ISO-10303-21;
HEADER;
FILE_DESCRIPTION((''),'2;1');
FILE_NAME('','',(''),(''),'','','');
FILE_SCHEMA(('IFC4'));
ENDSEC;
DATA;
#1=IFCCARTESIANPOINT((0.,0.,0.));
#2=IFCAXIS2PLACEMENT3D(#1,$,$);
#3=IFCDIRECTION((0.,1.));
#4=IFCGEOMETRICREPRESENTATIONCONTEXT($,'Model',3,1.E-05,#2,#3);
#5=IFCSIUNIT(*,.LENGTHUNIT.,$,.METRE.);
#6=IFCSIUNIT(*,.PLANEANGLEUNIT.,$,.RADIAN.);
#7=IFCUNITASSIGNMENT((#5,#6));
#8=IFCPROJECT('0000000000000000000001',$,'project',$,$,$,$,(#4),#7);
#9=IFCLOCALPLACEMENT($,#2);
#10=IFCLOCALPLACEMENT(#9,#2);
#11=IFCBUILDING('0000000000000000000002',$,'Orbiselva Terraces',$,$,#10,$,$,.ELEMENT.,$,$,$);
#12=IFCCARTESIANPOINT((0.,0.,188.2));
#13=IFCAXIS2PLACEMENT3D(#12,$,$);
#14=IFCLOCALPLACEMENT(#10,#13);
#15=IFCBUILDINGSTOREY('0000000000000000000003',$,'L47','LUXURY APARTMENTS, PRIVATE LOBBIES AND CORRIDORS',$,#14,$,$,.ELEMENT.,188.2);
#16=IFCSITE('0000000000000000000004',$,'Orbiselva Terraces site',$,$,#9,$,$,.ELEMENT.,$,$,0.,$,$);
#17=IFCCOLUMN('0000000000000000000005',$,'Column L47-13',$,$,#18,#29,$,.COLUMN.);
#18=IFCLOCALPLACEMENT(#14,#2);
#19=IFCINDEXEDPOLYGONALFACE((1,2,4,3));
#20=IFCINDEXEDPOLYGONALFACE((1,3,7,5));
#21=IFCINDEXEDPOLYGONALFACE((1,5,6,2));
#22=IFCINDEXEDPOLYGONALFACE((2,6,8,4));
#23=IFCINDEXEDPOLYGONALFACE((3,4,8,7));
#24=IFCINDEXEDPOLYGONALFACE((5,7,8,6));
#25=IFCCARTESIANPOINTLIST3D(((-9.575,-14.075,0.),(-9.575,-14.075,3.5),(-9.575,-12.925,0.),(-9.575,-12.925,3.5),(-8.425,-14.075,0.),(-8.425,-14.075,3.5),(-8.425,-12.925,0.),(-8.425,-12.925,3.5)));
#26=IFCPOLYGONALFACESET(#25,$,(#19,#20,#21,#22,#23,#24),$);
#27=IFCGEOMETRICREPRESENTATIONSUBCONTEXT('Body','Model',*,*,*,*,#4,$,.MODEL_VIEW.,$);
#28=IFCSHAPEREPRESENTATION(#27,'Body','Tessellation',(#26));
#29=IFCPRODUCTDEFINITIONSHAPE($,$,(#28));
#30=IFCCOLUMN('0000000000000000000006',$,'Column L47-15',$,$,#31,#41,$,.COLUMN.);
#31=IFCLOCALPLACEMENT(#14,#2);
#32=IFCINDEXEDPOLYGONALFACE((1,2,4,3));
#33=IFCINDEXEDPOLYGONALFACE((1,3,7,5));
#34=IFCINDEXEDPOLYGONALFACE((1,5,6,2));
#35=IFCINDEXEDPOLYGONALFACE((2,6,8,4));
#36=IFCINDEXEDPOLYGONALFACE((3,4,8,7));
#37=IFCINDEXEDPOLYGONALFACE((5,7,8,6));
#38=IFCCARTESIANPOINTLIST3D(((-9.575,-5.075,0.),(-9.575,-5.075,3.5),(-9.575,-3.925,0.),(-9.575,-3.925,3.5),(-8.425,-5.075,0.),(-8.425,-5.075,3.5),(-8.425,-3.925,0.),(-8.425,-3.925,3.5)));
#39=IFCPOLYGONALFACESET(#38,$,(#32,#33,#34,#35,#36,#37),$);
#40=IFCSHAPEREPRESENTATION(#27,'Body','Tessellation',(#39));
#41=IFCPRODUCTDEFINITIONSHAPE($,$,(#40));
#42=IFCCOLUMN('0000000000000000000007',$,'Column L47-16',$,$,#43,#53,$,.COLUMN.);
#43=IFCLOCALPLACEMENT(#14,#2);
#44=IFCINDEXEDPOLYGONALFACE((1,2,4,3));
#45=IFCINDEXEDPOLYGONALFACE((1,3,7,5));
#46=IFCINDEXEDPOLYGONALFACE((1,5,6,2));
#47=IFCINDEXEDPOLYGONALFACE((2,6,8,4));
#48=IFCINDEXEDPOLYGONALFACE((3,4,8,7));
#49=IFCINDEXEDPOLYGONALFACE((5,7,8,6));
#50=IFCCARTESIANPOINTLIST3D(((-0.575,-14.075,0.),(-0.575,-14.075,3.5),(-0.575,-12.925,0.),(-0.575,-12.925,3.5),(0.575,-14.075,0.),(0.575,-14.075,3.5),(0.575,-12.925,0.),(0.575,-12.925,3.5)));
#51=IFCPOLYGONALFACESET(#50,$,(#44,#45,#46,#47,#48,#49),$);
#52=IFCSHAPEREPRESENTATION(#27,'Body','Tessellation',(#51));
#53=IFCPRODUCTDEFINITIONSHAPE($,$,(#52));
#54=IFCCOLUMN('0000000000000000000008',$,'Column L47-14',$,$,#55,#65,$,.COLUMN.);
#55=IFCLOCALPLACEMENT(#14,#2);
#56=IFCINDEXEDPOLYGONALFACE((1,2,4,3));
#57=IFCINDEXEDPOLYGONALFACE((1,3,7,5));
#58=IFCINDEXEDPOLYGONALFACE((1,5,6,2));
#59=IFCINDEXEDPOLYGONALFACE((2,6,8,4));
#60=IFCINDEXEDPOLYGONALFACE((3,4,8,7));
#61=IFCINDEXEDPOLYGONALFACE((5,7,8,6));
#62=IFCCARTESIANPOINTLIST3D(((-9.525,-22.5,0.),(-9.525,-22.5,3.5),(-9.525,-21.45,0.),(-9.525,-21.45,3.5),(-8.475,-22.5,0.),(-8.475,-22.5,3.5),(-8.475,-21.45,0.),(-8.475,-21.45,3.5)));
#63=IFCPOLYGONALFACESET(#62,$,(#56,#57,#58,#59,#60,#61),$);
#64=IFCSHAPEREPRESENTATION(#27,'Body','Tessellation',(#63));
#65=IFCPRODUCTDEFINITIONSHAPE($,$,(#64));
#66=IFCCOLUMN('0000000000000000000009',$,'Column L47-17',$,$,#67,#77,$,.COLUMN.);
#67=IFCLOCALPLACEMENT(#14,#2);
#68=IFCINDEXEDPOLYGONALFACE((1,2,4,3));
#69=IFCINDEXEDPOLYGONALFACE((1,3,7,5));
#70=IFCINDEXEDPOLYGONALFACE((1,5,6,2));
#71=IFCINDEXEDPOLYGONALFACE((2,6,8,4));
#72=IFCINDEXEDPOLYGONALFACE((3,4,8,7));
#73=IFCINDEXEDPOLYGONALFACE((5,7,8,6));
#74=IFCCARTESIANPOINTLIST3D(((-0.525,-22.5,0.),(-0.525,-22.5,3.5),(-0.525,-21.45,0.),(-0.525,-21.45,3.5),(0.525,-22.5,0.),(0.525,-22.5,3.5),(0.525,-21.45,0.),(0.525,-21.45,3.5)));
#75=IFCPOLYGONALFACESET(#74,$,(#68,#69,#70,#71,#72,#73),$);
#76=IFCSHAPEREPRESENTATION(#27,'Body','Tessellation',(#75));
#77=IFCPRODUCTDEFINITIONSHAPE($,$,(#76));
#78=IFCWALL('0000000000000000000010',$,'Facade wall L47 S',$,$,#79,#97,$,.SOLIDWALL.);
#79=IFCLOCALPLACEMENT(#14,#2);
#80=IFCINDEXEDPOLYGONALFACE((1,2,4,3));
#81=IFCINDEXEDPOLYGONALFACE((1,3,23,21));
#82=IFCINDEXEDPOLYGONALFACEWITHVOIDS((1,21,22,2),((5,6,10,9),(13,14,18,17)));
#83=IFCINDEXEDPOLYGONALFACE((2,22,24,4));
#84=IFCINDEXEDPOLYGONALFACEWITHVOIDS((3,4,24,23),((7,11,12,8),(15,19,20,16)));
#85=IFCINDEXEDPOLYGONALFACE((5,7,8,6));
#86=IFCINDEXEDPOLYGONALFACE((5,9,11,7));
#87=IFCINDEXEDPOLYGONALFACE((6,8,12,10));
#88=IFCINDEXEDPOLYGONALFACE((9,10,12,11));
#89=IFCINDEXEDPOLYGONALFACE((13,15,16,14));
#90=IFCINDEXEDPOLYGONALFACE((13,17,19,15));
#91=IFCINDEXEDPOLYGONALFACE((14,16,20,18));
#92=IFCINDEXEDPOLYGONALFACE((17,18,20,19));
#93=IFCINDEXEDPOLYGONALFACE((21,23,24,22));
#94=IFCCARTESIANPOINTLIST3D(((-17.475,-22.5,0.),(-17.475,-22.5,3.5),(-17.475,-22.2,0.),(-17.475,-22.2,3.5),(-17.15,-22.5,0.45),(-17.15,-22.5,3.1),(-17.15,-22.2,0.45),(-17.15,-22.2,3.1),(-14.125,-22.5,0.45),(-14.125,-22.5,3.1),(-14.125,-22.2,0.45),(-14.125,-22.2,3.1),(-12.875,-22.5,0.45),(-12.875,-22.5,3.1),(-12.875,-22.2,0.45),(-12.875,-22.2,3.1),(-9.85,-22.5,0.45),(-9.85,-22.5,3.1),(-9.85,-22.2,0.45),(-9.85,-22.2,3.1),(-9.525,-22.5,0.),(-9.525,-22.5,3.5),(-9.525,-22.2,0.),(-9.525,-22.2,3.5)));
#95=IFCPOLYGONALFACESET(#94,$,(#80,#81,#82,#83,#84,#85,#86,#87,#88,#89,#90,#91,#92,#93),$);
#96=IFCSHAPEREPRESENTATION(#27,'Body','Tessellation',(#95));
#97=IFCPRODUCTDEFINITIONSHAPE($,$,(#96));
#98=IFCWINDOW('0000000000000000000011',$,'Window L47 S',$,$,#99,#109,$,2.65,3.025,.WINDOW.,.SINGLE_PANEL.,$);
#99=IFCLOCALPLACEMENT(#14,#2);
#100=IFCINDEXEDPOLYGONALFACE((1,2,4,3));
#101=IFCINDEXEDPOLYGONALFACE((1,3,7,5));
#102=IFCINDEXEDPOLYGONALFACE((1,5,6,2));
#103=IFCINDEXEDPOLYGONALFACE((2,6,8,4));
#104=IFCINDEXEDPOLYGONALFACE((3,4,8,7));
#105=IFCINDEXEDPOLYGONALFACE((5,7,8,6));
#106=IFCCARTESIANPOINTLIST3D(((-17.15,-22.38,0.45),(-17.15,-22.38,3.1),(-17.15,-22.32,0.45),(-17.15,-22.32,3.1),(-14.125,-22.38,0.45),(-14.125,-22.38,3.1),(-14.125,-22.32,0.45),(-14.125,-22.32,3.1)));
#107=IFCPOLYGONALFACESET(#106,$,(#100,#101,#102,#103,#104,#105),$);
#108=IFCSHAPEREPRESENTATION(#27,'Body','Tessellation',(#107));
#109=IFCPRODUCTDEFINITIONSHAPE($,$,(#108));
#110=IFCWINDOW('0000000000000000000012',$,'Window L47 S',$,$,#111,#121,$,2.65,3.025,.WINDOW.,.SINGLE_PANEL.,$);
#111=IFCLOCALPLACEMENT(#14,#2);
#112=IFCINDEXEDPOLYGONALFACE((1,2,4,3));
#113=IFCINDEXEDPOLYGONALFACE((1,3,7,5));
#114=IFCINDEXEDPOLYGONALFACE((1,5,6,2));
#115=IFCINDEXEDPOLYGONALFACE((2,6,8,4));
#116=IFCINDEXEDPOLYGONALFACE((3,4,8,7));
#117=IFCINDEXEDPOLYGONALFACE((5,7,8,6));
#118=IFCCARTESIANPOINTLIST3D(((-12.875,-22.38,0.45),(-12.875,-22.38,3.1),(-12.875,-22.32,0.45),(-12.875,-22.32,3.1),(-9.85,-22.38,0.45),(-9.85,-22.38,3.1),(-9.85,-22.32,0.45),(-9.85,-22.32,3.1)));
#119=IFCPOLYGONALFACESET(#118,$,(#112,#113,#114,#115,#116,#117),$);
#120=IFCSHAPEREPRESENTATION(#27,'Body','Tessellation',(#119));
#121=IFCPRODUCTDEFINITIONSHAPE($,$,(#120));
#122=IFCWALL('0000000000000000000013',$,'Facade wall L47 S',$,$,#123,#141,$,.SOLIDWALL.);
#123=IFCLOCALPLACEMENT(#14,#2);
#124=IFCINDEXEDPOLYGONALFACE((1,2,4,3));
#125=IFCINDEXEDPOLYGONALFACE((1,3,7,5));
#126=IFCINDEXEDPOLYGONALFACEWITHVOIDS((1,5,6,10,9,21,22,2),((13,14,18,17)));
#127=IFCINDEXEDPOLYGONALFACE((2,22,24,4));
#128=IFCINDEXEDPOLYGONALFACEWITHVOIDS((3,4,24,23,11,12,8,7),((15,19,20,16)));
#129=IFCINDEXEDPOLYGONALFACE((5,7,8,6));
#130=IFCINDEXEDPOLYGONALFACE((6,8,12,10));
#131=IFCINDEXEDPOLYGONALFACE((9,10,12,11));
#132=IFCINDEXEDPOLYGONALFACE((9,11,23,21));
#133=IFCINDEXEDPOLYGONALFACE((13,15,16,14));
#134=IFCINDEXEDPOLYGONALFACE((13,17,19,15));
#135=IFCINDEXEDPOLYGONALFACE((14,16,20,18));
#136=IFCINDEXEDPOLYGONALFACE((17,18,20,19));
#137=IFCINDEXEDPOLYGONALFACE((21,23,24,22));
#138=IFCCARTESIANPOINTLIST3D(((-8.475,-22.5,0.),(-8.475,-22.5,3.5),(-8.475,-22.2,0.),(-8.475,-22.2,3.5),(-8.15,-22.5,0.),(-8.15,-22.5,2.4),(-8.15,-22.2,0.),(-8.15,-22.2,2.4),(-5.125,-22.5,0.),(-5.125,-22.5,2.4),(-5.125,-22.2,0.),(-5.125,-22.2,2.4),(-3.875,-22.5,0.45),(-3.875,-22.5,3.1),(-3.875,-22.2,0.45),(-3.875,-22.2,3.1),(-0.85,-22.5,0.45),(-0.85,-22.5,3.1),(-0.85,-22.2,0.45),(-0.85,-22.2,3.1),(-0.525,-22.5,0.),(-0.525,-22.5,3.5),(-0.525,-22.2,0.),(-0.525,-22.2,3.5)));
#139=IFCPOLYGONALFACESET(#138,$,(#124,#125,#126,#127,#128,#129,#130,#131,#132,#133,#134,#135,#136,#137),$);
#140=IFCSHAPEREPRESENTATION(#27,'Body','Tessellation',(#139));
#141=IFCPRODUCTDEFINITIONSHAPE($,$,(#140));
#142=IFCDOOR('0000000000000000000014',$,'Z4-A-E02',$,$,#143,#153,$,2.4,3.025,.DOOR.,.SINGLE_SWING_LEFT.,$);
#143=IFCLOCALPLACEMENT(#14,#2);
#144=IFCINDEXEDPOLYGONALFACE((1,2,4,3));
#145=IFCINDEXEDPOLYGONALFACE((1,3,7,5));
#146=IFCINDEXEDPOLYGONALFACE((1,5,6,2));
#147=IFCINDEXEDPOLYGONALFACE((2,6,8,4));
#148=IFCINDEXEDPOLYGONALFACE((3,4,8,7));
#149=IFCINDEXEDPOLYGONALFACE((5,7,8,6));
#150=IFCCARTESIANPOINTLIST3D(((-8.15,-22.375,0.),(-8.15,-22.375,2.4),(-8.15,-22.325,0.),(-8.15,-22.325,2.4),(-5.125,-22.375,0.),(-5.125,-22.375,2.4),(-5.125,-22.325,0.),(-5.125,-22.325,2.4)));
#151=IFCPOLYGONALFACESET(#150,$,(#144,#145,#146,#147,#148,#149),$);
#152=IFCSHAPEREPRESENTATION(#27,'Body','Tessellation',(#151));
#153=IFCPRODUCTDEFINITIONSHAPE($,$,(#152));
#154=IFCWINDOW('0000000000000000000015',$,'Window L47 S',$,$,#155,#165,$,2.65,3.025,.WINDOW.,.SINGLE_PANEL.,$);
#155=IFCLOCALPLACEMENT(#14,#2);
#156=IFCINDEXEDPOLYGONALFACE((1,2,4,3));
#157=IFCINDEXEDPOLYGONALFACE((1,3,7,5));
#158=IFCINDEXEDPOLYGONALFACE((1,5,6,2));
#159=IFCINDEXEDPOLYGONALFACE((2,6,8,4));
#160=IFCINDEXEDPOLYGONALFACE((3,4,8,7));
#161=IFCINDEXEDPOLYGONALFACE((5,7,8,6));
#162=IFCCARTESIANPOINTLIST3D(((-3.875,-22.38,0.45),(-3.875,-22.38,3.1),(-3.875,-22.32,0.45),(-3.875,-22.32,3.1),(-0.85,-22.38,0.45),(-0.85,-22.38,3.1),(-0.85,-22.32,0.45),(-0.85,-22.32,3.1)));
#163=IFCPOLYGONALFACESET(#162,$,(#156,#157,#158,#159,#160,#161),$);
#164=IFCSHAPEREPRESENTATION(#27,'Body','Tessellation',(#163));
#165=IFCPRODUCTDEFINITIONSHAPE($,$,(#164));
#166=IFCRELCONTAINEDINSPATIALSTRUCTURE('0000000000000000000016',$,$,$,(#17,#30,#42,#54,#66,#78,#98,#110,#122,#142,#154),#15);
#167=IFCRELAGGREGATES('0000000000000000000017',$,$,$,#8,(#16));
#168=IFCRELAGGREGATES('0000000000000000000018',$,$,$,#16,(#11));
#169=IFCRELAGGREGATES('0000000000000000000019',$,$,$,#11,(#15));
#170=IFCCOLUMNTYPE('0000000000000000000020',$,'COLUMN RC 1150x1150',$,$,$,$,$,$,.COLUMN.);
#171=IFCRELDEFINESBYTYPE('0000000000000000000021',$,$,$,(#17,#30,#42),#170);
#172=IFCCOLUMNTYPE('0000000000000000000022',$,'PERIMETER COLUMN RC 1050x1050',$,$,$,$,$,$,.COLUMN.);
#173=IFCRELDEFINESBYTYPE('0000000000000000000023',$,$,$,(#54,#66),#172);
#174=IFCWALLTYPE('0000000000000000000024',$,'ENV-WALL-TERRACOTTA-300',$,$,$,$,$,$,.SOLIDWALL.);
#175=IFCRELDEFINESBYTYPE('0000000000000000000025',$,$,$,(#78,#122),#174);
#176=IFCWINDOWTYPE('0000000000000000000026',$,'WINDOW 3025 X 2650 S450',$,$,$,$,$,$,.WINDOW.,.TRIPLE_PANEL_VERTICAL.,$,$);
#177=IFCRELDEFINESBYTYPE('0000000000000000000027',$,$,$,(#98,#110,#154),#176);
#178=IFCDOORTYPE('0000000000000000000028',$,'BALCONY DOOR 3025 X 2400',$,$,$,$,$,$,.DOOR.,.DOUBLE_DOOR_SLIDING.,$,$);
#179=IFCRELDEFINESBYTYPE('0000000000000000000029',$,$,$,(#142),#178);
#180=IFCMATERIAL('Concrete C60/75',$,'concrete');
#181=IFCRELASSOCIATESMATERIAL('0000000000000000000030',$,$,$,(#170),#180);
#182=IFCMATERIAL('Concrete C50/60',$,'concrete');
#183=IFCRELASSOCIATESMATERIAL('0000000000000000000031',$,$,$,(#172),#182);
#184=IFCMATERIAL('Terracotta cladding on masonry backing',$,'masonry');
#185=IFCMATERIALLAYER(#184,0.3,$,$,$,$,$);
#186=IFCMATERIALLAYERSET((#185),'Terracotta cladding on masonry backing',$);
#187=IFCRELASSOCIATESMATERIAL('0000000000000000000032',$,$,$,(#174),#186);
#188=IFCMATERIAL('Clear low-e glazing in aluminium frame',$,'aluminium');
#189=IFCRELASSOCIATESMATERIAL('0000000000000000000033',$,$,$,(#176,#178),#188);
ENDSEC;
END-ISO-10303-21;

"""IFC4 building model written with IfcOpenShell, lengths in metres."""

from ifc_helpers import new_model, si_unit, direction, frame, frame_2d, origin, origin_2d, place, context, subcontext, project, spatial, rectangle, extrude, material, layer, layer_set, material_profile, profile_set, type_object, element, fill, save


model = new_model("IFC4")

# Units and contexts
model_context = context("Model", 3, precision=1e-05, world=origin(), true_north=direction((0.0, 1.0)))
body_context = subcontext(model_context, "Body", "Model", "MODEL_VIEW")
ifc_project = project(units=[si_unit("LENGTHUNIT", "METRE"), si_unit("PLANEANGLEUNIT", "RADIAN")], contexts=[model_context])

# Site, building, storey
site_placement = place(None, origin())
site = spatial("IfcSite", under=ifc_project, at=site_placement, Name="Orbiselva Terraces site", CompositionType="ELEMENT", RefElevation=0.0)
building_placement = place(site_placement, origin())
building = spatial("IfcBuilding", under=site, at=building_placement, Name="Orbiselva Terraces", CompositionType="ELEMENT")
storey_placement = place(building_placement, frame((0.0, 0.0, 188.2)))
storey = spatial("IfcBuildingStorey", under=building, at=storey_placement, Name="L47", Description="LUXURY APARTMENTS, PRIVATE LOBBIES AND CORRIDORS", CompositionType="ELEMENT", Elevation=188.2)

# Columns
ifc_material_1 = material(Name="Concrete C60/75", Category="concrete")
ifc_material_profile_1 = material_profile(ifc_material_1, rectangle(XDim=1.15, YDim=1.15, at=origin_2d()), Name="RC 1150x1150")
ifc_profile_set_1 = profile_set([ifc_material_profile_1], Name="Concrete C60/75")
column_type_1 = type_object("IfcColumnType", Name="COLUMN RC 1150x1150", PredefinedType="COLUMN", material=ifc_profile_set_1)
for number, where, z_axis, x_axis, name in (
    (1, (-9.0, -13.5, 0.0), (0.0, 0.0, 1.0), (1.0, 0.0, 0.0), "Column L47-13"),
    (2, (-9.0, -4.5, 0.0), (0.0, 0.0, 1.0), (1.0, 0.0, 0.0), "Column L47-15"),
    (3, (0.0, -13.5, 0.0), (0.0, 0.0, 1.0), (1.0, 0.0, 0.0), "Column L47-16"),
):
    element("IfcColumn", number, at=place(storey_placement, frame(where, z_axis=z_axis, x_axis=x_axis)), inside=storey, type_object=column_type_1, Name=name, PredefinedType="COLUMN", context=body_context, shape_type="SweptSolid", body=[
        extrude(rectangle(XDim=1.15, YDim=1.15, at=origin_2d()), origin(), (0.0, 0.0, 1.0), 3.5),
    ])
ifc_material_2 = material(Name="Concrete C50/60", Category="concrete")
ifc_material_profile_2 = material_profile(ifc_material_2, rectangle(XDim=1.05, YDim=1.05, at=origin_2d()), Name="RC 1050x1050")
ifc_profile_set_2 = profile_set([ifc_material_profile_2], Name="Concrete C50/60")
column_type_2 = type_object("IfcColumnType", Name="PERIMETER COLUMN RC 1050x1050", PredefinedType="COLUMN", material=ifc_profile_set_2)
for number, where, z_axis, x_axis, name in (
    (4, (-9.0, -21.975, 0.0), (0.0, 0.0, 1.0), (1.0, 0.0, 0.0), "Column L47-14"),
    (5, (0.0, -21.975, 0.0), (0.0, 0.0, 1.0), (1.0, 0.0, 0.0), "Column L47-17"),
):
    element("IfcColumn", number, at=place(storey_placement, frame(where, z_axis=z_axis, x_axis=x_axis)), inside=storey, type_object=column_type_2, Name=name, PredefinedType="COLUMN", context=body_context, shape_type="SweptSolid", body=[
        extrude(rectangle(XDim=1.05, YDim=1.05, at=origin_2d()), origin(), (0.0, 0.0, 1.0), 3.5),
    ])

# Wall, openings, windows
ifc_material_3 = material(Name="Terracotta cladding on masonry backing", Category="masonry")
ifc_layer_1 = layer(ifc_material_3, 0.3)
ifc_layer_set_1 = layer_set([ifc_layer_1], Name="Terracotta cladding on masonry backing")
wall_type_1 = type_object("IfcWallType", Name="ENV-WALL-TERRACOTTA-300", PredefinedType="SOLIDWALL", material=ifc_layer_set_1)
wall_1_placement = place(storey_placement, frame((-9.525, -22.35, 0.0), z_axis=(0.0, 0.0, 1.0), x_axis=(-1.0, 0.0, 0.0)))
wall_1 = element("IfcWall", 6, at=wall_1_placement, inside=storey, type_object=wall_type_1, Name="Facade wall L47 S", PredefinedType="SOLIDWALL", context=body_context, shape_type="SweptSolid", body=[
    extrude(rectangle(XDim=7.95, YDim=0.3, at=frame_2d((3.975, 0.0))), origin(), (0.0, 0.0, 1.0), 3.5),
])
opening_1_placement = place(wall_1_placement, frame((4.6, 0.0, 0.45)))
opening_1 = element("IfcOpeningElement", 7, at=opening_1_placement, cuts=wall_1, PredefinedType="OPENING", context=body_context, shape_type="SweptSolid", body=[
    extrude(rectangle(XDim=3.025, YDim=2.65, at=frame_2d((1.5125, 1.325))), frame((0.0, 0.16, 0.0), z_axis=(0.0, -1.0, 0.0), x_axis=(1.0, 0.0, 0.0)), (0.0, 0.0, 1.0), 0.32),
])
opening_2_placement = place(wall_1_placement, frame((0.325, 0.0, 0.45)))
opening_2 = element("IfcOpeningElement", 8, at=opening_2_placement, cuts=wall_1, PredefinedType="OPENING", context=body_context, shape_type="SweptSolid", body=[
    extrude(rectangle(XDim=3.025, YDim=2.65, at=frame_2d((1.5125, 1.325))), frame((0.0, 0.16, 0.0), z_axis=(0.0, -1.0, 0.0), x_axis=(1.0, 0.0, 0.0)), (0.0, 0.0, 1.0), 0.32),
])
ifc_material_4 = material(Name="Clear low-e glazing in aluminium frame", Category="aluminium")
window_type = type_object("IfcWindowType", Name="WINDOW 3025 X 2650 S450", PartitioningType="TRIPLE_PANEL_VERTICAL", PredefinedType="WINDOW", material=ifc_material_4)
window_1_placement = place(opening_1_placement, origin())
window_1 = element("IfcWindow", 9, at=window_1_placement, inside=storey, type_object=window_type, Name="Window L47 S", OverallHeight=2.65, OverallWidth=3.025, PartitioningType="SINGLE_PANEL", PredefinedType="WINDOW", context=body_context, shape_type="SweptSolid", body=[
    extrude(rectangle(XDim=3.025, YDim=2.65, at=frame_2d((1.5125, 1.325))), frame((0.0, 0.03, 0.0), z_axis=(0.0, -1.0, 0.0), x_axis=(1.0, 0.0, 0.0)), (0.0, 0.0, 1.0), 0.06),
])
fill(opening_1, window_1)
window_2_placement = place(opening_2_placement, origin())
window_2 = element("IfcWindow", 10, at=window_2_placement, inside=storey, type_object=window_type, Name="Window L47 S", OverallHeight=2.65, OverallWidth=3.025, PartitioningType="SINGLE_PANEL", PredefinedType="WINDOW", context=body_context, shape_type="SweptSolid", body=[
    extrude(rectangle(XDim=3.025, YDim=2.65, at=frame_2d((1.5125, 1.325))), frame((0.0, 0.03, 0.0), z_axis=(0.0, -1.0, 0.0), x_axis=(1.0, 0.0, 0.0)), (0.0, 0.0, 1.0), 0.06),
])
fill(opening_2, window_2)

# Wall, openings, door, window
wall_2_placement = place(storey_placement, frame((-0.525, -22.35, 0.0), z_axis=(0.0, 0.0, 1.0), x_axis=(-1.0, 0.0, 0.0)))
wall_2 = element("IfcWall", 11, at=wall_2_placement, inside=storey, type_object=wall_type_1, Name="Facade wall L47 S", PredefinedType="SOLIDWALL", context=body_context, shape_type="SweptSolid", body=[
    extrude(rectangle(XDim=7.95, YDim=0.3, at=frame_2d((3.975, 0.0))), origin(), (0.0, 0.0, 1.0), 3.5),
])
opening_3_placement = place(wall_2_placement, frame((4.6, 0.0, 0.0)))
opening_3 = element("IfcOpeningElement", 12, at=opening_3_placement, cuts=wall_2, PredefinedType="OPENING", context=body_context, shape_type="SweptSolid", body=[
    extrude(rectangle(XDim=3.025, YDim=2.4, at=frame_2d((1.5125, 1.2))), frame((0.0, 0.16, 0.0), z_axis=(0.0, -1.0, 0.0), x_axis=(1.0, 0.0, 0.0)), (0.0, 0.0, 1.0), 0.32),
])
opening_4_placement = place(wall_2_placement, frame((0.325, 0.0, 0.45)))
opening_4 = element("IfcOpeningElement", 13, at=opening_4_placement, cuts=wall_2, PredefinedType="OPENING", context=body_context, shape_type="SweptSolid", body=[
    extrude(rectangle(XDim=3.025, YDim=2.65, at=frame_2d((1.5125, 1.325))), frame((0.0, 0.16, 0.0), z_axis=(0.0, -1.0, 0.0), x_axis=(1.0, 0.0, 0.0)), (0.0, 0.0, 1.0), 0.32),
])
door_type_1 = type_object("IfcDoorType", Name="BALCONY DOOR 3025 X 2400", OperationType="DOUBLE_DOOR_SLIDING", PredefinedType="DOOR", material=ifc_material_4)
door_1_placement = place(opening_3_placement, origin())
door_1 = element("IfcDoor", 14, at=door_1_placement, inside=storey, type_object=door_type_1, Name="Z4-A-E02", OperationType="SINGLE_SWING_LEFT", OverallHeight=2.4, OverallWidth=3.025, PredefinedType="DOOR", context=body_context, shape_type="SweptSolid", body=[
    extrude(rectangle(XDim=3.025, YDim=2.4, at=frame_2d((1.5125, 1.2))), frame((0.0, 0.025, 0.0), z_axis=(0.0, -1.0, 0.0), x_axis=(1.0, 0.0, 0.0)), (0.0, 0.0, 1.0), 0.05),
])
fill(opening_3, door_1)
window_3_placement = place(opening_4_placement, origin())
window_3 = element("IfcWindow", 15, at=window_3_placement, inside=storey, type_object=window_type, Name="Window L47 S", OverallHeight=2.65, OverallWidth=3.025, PartitioningType="SINGLE_PANEL", PredefinedType="WINDOW", context=body_context, shape_type="SweptSolid", body=[
    extrude(rectangle(XDim=3.025, YDim=2.65, at=frame_2d((1.5125, 1.325))), frame((0.0, 0.03, 0.0), z_axis=(0.0, -1.0, 0.0), x_axis=(1.0, 0.0, 0.0)), (0.0, 0.0, 1.0), 0.06),
])
fill(opening_4, window_3)

save(model, "model.ifc")
